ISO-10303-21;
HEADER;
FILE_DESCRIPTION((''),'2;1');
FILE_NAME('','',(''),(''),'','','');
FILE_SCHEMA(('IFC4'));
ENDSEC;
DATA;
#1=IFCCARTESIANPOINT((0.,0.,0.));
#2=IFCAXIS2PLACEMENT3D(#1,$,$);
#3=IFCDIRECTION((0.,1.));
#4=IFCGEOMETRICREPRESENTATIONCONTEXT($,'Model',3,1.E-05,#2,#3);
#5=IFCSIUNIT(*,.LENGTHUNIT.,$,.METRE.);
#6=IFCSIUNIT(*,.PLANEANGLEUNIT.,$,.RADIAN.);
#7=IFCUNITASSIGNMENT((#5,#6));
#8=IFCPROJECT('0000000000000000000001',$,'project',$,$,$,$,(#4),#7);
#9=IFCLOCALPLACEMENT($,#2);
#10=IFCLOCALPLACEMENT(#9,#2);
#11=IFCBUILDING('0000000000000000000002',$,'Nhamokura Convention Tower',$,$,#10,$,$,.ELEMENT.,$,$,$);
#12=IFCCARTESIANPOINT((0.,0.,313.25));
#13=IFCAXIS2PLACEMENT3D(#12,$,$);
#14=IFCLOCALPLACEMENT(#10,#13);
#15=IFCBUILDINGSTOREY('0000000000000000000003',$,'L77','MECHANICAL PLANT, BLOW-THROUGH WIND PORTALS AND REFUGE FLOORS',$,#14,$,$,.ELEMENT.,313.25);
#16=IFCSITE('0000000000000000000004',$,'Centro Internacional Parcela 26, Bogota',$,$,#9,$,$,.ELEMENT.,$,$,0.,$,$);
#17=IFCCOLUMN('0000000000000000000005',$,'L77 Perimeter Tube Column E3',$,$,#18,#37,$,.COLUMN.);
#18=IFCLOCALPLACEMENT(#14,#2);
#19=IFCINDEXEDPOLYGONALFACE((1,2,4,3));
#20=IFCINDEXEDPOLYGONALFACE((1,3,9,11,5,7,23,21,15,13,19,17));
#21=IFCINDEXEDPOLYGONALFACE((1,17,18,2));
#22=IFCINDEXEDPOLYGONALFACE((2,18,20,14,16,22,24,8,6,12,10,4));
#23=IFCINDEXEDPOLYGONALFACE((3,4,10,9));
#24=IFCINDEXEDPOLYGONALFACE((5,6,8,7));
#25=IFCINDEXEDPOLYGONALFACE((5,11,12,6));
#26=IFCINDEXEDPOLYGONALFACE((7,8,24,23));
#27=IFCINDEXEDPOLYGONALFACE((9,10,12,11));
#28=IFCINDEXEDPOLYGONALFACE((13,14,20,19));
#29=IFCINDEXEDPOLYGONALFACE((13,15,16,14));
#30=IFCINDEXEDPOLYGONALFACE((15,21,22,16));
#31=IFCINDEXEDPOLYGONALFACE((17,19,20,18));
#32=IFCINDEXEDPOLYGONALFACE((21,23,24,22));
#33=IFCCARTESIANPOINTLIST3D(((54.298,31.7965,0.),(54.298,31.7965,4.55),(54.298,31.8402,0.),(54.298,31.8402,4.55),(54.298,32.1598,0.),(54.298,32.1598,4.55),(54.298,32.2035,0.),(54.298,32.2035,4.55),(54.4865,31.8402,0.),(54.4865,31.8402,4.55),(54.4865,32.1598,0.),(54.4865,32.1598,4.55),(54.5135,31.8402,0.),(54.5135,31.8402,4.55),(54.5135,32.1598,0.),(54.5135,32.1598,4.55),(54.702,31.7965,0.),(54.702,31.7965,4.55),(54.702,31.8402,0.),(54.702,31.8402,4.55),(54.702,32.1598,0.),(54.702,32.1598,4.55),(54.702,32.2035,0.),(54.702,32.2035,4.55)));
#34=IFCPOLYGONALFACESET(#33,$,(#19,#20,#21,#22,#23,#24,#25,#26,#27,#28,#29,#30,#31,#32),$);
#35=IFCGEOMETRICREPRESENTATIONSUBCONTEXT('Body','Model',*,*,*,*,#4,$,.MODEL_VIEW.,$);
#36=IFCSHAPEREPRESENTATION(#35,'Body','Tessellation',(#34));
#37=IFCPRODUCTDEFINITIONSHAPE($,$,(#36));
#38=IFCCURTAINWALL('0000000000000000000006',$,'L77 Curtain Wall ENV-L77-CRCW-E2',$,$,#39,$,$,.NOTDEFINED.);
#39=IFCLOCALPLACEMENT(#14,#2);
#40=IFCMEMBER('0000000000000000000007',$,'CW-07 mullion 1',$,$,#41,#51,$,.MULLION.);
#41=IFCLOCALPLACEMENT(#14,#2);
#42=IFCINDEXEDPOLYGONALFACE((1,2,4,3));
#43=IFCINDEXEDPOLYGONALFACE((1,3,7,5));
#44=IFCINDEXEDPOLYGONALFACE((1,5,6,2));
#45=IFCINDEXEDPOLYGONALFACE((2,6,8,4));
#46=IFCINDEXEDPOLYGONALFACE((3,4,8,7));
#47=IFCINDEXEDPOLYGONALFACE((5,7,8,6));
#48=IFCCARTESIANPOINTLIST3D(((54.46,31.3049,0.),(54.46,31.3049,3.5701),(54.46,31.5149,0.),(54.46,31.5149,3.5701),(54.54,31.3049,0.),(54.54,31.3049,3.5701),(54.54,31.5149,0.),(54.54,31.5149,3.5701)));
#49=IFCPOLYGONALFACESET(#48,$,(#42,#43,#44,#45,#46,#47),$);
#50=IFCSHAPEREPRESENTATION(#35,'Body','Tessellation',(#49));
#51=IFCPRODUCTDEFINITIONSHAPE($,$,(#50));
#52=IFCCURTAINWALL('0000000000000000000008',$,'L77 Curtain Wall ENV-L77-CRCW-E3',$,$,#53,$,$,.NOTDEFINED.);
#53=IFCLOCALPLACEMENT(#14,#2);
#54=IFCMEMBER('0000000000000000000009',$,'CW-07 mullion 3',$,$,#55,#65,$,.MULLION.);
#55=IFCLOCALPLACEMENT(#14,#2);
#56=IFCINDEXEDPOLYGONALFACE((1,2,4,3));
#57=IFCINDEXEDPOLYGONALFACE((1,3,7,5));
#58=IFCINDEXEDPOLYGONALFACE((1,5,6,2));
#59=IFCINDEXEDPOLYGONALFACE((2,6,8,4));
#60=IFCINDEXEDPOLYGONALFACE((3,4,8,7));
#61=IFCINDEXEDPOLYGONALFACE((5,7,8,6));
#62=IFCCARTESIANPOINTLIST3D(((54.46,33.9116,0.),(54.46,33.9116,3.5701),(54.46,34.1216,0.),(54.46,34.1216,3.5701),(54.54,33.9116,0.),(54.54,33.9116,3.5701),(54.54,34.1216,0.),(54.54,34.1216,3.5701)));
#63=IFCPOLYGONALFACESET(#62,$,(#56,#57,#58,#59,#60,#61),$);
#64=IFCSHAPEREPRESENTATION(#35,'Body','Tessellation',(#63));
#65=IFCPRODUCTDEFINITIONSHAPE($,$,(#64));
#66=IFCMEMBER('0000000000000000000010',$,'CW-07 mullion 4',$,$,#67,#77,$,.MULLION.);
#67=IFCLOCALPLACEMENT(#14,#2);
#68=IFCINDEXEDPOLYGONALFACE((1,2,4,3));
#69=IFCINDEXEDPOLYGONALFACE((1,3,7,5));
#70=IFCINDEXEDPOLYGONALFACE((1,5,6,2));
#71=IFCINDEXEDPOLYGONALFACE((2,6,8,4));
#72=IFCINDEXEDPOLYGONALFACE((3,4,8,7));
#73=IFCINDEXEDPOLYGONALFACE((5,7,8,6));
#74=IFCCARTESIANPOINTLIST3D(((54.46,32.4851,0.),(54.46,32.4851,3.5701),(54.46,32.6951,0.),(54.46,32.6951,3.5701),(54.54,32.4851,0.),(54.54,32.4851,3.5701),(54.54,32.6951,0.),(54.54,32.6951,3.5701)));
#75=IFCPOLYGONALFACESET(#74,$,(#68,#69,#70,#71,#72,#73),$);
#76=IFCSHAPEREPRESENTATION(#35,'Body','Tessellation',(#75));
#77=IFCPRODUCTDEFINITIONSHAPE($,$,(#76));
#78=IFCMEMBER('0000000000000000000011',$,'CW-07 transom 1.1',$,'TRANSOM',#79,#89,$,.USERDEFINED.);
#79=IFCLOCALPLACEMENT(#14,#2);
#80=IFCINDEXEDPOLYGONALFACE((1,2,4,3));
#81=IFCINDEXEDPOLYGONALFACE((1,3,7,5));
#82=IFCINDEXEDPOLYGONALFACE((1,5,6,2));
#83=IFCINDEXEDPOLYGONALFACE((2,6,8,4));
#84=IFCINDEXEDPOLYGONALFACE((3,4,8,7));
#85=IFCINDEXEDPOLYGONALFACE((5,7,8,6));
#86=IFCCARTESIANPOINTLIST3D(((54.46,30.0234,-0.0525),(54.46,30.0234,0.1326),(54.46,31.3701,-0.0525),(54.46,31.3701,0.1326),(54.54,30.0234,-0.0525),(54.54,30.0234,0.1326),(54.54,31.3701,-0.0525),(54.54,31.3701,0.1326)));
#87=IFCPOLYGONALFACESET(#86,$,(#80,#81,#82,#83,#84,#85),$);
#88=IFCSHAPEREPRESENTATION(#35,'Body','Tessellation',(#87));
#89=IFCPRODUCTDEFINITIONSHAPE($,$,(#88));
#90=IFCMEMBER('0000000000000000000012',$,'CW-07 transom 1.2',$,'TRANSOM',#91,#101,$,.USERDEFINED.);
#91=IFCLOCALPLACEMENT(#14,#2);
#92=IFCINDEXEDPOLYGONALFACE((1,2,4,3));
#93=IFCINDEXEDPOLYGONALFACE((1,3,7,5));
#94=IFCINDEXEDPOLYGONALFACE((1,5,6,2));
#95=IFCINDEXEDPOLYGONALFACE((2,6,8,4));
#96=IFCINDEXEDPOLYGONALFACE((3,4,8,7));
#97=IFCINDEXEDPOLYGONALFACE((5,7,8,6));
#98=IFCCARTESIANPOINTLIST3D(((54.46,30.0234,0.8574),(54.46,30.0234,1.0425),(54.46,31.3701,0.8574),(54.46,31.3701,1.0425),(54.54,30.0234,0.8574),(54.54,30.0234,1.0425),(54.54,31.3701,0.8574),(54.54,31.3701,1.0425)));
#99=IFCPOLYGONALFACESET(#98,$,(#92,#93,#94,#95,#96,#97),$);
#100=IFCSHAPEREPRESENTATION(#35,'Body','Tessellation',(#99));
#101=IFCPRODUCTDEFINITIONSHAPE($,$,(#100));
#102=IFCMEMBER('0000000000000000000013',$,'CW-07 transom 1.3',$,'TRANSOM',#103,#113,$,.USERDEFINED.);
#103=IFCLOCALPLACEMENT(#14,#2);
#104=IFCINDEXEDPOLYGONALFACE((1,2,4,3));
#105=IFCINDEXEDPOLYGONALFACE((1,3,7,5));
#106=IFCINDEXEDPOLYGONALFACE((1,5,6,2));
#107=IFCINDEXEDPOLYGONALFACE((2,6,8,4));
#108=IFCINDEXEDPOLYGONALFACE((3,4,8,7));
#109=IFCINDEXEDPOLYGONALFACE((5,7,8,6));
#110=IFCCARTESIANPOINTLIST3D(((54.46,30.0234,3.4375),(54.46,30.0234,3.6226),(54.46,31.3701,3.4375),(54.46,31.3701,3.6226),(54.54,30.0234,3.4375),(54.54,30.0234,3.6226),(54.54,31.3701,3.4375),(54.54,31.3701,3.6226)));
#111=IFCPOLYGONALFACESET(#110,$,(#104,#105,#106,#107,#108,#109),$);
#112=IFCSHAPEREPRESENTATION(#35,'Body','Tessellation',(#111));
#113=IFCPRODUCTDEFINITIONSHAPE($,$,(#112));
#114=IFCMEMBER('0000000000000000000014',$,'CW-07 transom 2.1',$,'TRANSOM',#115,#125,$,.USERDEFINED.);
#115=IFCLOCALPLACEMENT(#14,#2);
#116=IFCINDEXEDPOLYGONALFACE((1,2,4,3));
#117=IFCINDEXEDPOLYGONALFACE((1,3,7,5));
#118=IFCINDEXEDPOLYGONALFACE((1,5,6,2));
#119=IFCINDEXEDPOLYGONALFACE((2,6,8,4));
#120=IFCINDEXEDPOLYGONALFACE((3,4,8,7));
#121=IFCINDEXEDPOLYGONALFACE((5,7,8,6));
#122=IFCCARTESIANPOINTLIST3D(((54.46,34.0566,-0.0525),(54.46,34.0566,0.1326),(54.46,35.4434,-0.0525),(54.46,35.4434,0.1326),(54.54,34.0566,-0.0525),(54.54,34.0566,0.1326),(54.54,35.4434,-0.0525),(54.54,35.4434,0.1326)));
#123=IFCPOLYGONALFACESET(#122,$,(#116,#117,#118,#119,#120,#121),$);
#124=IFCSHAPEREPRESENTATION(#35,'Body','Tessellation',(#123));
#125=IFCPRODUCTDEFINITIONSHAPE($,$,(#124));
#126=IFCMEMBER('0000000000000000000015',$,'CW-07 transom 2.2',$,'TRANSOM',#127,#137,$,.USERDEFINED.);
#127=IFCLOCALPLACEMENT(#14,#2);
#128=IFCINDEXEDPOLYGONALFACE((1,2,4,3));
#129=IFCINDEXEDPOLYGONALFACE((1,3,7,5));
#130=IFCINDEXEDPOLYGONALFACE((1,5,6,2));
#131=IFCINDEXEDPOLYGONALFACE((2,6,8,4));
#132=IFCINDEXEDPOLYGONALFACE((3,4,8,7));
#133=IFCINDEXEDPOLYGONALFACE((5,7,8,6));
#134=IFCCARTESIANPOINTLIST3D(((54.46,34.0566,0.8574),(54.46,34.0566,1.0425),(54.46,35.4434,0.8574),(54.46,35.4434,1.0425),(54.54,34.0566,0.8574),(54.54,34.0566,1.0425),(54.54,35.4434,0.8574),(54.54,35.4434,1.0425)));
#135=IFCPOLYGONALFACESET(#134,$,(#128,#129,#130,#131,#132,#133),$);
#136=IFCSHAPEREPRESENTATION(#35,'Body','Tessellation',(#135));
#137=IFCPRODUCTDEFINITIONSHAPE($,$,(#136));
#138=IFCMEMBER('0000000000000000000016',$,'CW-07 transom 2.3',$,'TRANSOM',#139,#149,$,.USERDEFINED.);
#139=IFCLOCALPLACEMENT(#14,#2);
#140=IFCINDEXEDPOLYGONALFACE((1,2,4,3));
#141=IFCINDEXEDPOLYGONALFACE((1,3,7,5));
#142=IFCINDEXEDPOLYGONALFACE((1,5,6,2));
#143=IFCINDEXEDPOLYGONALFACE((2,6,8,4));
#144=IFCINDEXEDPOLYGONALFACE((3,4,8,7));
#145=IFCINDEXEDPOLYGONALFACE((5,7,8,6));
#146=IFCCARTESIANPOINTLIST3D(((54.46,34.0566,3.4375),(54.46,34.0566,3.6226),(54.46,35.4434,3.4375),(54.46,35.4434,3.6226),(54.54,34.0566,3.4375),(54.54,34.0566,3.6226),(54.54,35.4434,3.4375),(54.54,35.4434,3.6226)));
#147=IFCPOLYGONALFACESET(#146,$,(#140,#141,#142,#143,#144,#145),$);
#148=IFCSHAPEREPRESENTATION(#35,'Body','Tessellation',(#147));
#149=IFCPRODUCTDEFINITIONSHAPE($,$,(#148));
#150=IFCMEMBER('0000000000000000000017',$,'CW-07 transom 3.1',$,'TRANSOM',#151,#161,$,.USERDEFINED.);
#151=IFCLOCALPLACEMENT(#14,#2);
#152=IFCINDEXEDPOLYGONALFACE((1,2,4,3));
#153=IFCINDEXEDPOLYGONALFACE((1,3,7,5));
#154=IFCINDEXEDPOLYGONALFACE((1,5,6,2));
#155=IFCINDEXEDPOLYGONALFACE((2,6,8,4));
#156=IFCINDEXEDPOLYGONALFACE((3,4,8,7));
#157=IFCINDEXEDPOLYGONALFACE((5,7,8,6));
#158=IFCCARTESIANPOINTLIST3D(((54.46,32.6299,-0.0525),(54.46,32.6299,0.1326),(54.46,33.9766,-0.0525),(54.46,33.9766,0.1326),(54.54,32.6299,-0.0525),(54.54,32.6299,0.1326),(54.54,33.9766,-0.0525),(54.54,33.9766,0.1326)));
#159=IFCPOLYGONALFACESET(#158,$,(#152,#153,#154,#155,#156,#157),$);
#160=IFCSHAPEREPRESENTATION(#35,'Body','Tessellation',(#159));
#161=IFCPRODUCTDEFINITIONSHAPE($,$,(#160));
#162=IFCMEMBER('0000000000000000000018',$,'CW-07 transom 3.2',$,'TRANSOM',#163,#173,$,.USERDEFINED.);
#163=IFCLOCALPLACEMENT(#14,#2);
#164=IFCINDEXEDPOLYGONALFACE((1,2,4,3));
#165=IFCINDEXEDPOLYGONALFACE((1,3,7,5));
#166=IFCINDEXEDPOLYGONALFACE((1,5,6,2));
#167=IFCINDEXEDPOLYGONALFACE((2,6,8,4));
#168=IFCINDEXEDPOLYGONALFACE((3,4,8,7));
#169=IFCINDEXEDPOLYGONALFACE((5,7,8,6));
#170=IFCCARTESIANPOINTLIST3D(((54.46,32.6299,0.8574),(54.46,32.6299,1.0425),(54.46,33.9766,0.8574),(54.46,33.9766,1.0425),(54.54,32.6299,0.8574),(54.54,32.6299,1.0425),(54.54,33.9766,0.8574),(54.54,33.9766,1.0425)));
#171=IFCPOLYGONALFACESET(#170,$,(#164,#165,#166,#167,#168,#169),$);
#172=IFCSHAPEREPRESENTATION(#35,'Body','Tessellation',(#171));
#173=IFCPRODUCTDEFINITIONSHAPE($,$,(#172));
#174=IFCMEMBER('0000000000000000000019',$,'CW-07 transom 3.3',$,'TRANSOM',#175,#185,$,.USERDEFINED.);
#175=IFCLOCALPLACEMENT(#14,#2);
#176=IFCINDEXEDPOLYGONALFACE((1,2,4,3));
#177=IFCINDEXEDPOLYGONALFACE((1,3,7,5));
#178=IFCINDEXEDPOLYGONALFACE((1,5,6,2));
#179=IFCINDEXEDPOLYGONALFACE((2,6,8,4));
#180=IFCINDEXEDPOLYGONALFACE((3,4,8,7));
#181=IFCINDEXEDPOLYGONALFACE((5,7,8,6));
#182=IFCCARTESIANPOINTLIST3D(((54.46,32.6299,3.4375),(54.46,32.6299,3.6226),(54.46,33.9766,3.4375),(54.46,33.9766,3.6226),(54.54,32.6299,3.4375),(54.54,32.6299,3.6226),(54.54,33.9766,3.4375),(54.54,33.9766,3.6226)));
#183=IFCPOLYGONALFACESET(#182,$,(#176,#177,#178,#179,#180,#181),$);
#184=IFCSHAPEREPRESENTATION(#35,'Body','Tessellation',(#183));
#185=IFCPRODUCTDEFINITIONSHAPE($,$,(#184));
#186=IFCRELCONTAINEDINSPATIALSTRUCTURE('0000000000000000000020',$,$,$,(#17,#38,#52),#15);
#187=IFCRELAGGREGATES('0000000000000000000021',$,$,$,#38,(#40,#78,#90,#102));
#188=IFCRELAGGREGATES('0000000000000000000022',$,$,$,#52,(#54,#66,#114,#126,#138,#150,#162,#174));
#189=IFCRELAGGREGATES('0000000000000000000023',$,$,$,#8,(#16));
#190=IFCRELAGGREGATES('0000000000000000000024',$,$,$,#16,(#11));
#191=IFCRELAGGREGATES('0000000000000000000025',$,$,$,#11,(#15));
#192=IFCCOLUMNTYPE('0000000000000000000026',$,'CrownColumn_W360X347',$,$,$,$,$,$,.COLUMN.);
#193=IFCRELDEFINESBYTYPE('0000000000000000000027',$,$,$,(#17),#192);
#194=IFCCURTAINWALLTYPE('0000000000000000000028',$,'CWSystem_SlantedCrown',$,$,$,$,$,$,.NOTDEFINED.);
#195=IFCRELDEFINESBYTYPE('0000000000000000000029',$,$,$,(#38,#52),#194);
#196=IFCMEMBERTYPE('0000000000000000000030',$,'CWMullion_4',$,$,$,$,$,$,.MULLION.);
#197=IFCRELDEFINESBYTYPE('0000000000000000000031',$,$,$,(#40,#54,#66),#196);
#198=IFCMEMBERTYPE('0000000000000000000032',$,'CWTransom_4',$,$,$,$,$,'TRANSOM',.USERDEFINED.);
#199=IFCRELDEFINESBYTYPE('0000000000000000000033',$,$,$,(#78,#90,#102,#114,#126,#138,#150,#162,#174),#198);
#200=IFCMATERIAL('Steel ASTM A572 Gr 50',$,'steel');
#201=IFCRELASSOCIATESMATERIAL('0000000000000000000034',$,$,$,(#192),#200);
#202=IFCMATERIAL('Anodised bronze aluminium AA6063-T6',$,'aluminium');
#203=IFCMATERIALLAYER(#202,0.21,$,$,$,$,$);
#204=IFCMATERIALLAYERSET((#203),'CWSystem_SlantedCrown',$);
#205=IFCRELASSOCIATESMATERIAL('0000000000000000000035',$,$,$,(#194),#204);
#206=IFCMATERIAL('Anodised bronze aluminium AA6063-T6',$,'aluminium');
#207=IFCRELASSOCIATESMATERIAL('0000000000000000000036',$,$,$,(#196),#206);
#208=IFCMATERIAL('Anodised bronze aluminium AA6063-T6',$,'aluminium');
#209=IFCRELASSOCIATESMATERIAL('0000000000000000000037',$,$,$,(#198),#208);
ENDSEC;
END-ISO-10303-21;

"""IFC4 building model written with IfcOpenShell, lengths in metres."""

from ifc_helpers import new_model, si_unit, direction, frame, origin, origin_2d, place, context, subcontext, project, spatial, rectangle, i_section, extrude, material, layer, layer_set, material_profile, profile_set, type_object, element, aggregate, save


model = new_model("IFC4")

# Units and contexts
model_context = context("Model", 3, precision=1e-05, world=origin(), true_north=direction((0.0, 1.0)))
body_context = subcontext(model_context, "Body", "Model", "MODEL_VIEW")
ifc_project = project(units=[si_unit("LENGTHUNIT", "METRE"), si_unit("PLANEANGLEUNIT", "RADIAN")], contexts=[model_context])

# Site, building, storey
site_placement = place(None, origin())
site = spatial("IfcSite", under=ifc_project, at=site_placement, Name="Centro Internacional Parcela 26, Bogota", CompositionType="ELEMENT", RefElevation=0.0)
building_placement = place(site_placement, origin())
building = spatial("IfcBuilding", under=site, at=building_placement, Name="Nhamokura Convention Tower", CompositionType="ELEMENT")
storey_placement = place(building_placement, frame((0.0, 0.0, 313.25)))
storey = spatial("IfcBuildingStorey", under=building, at=storey_placement, Name="L77", Description="MECHANICAL PLANT, BLOW-THROUGH WIND PORTALS AND REFUGE FLOORS", CompositionType="ELEMENT", Elevation=313.25)

# Column
ifc_material_1 = material(Name="Steel ASTM A572 Gr 50", Category="steel")
ifc_material_profile_1 = material_profile(ifc_material_1, i_section(OverallWidth=0.4041, OverallDepth=0.407, WebThickness=0.0271, FlangeThickness=0.0437, at=origin_2d()))
ifc_profile_set_1 = profile_set([ifc_material_profile_1], Name="Steel ASTM A572 Gr 50")
column_type = type_object("IfcColumnType", Name="CrownColumn_W360X347", PredefinedType="COLUMN", material=ifc_profile_set_1)
column_placement = place(storey_placement, frame((54.5, 32.0, 0.0), z_axis=(0.0, 0.0, 1.0), x_axis=(1.0, 0.0, 0.0)))
element("IfcColumn", 1, at=column_placement, inside=storey, type_object=column_type, Name="L77 Perimeter Tube Column E3", PredefinedType="COLUMN", context=body_context, shape_type="SweptSolid", body=[
    extrude(i_section(OverallWidth=0.4041, OverallDepth=0.407, WebThickness=0.0271, FlangeThickness=0.0437, at=origin_2d()), origin(), (0.0, 0.0, 1.0), 4.55),
])

# Curtain wall, member
ifc_material_2 = material(Name="Anodised bronze aluminium AA6063-T6", Category="aluminium")
ifc_layer_1 = layer(ifc_material_2, 0.21)
ifc_layer_set_1 = layer_set([ifc_layer_1], Name="CWSystem_SlantedCrown")
curtain_wall_type = type_object("IfcCurtainWallType", Name="CWSystem_SlantedCrown", PredefinedType="NOTDEFINED", material=ifc_layer_set_1)
curtain_wall_1_placement = place(storey_placement, origin())
curtain_wall_1 = element("IfcCurtainWall", 2, at=curtain_wall_1_placement, inside=storey, type_object=curtain_wall_type, Name="L77 Curtain Wall ENV-L77-CRCW-E2", PredefinedType="NOTDEFINED")
ifc_material_3 = material(Name="Anodised bronze aluminium AA6063-T6", Category="aluminium")
ifc_material_profile_2 = material_profile(ifc_material_3, rectangle(XDim=0.0801, YDim=0.21, at=origin_2d()))
ifc_profile_set_2 = profile_set([ifc_material_profile_2], Name="Anodised bronze aluminium AA6063-T6")
member_type_1 = type_object("IfcMemberType", Name="CWMullion_4", PredefinedType="MULLION", material=ifc_profile_set_2)
member_1_placement = place(storey_placement, frame((54.5, 31.4099, 0.0), z_axis=(0.0, 0.0, 1.0), x_axis=(1.0, 0.0, 0.0)))
member_1 = element("IfcMember", 3, at=member_1_placement, type_object=member_type_1, Name="CW-07 mullion 1", PredefinedType="MULLION", context=body_context, shape_type="SweptSolid", body=[
    extrude(rectangle(XDim=0.0801, YDim=0.21, at=origin_2d()), origin(), (0.0, 0.0, 1.0), 3.5701),
])

# Curtain wall, members
curtain_wall_2_placement = place(storey_placement, origin())
curtain_wall_2 = element("IfcCurtainWall", 4, at=curtain_wall_2_placement, inside=storey, type_object=curtain_wall_type, Name="L77 Curtain Wall ENV-L77-CRCW-E3", PredefinedType="NOTDEFINED")
member_2_placement = place(storey_placement, frame((54.5, 34.0166, 0.0), z_axis=(0.0, 0.0, 1.0), x_axis=(1.0, 0.0, 0.0)))
member_2 = element("IfcMember", 5, at=member_2_placement, type_object=member_type_1, Name="CW-07 mullion 3", PredefinedType="MULLION", context=body_context, shape_type="SweptSolid", body=[
    extrude(rectangle(XDim=0.0801, YDim=0.21, at=origin_2d()), origin(), (0.0, 0.0, 1.0), 3.5701),
])
member_3_placement = place(storey_placement, frame((54.5, 32.5901, 0.0), z_axis=(0.0, 0.0, 1.0), x_axis=(1.0, 0.0, 0.0)))
member_3 = element("IfcMember", 6, at=member_3_placement, type_object=member_type_1, Name="CW-07 mullion 4", PredefinedType="MULLION", context=body_context, shape_type="SweptSolid", body=[
    extrude(rectangle(XDim=0.0801, YDim=0.21, at=origin_2d()), origin(), (0.0, 0.0, 1.0), 3.5701),
])

# Members
ifc_material_4 = material(Name="Anodised bronze aluminium AA6063-T6", Category="aluminium")
ifc_material_profile_3 = material_profile(ifc_material_4, rectangle(XDim=0.0801, YDim=0.1851, at=origin_2d()))
ifc_profile_set_3 = profile_set([ifc_material_profile_3], Name="Anodised bronze aluminium AA6063-T6")
member_type_2 = type_object("IfcMemberType", Name="CWTransom_4", ElementType="TRANSOM", PredefinedType="USERDEFINED", material=ifc_profile_set_3)
member_4_placement = place(storey_placement, frame((54.5, 31.3701, 0.04), z_axis=(0.0, -1.0, 0.0), x_axis=(1.0, 0.0, 0.0)))
member_4 = element("IfcMember", 7, at=member_4_placement, type_object=member_type_2, Name="CW-07 transom 1.1", ObjectType="TRANSOM", PredefinedType="USERDEFINED", context=body_context, shape_type="SweptSolid", body=[
    extrude(rectangle(XDim=0.0801, YDim=0.1851, at=origin_2d()), origin(), (0.0, 0.0, 1.0), 1.3467),
])
member_5_placement = place(storey_placement, frame((54.5, 31.3701, 0.95), z_axis=(0.0, -1.0, 0.0), x_axis=(1.0, 0.0, 0.0)))
member_5 = element("IfcMember", 8, at=member_5_placement, type_object=member_type_2, Name="CW-07 transom 1.2", ObjectType="TRANSOM", PredefinedType="USERDEFINED", context=body_context, shape_type="SweptSolid", body=[
    extrude(rectangle(XDim=0.0801, YDim=0.1851, at=origin_2d()), origin(), (0.0, 0.0, 1.0), 1.3467),
])
member_6_placement = place(storey_placement, frame((54.5, 31.3701, 3.53), z_axis=(0.0, -1.0, 0.0), x_axis=(1.0, 0.0, 0.0)))
member_6 = element("IfcMember", 9, at=member_6_placement, type_object=member_type_2, Name="CW-07 transom 1.3", ObjectType="TRANSOM", PredefinedType="USERDEFINED", context=body_context, shape_type="SweptSolid", body=[
    extrude(rectangle(XDim=0.0801, YDim=0.1851, at=origin_2d()), origin(), (0.0, 0.0, 1.0), 1.3467),
])
member_7_placement = place(storey_placement, frame((54.5, 35.4434, 0.04), z_axis=(0.0, -1.0, 0.0), x_axis=(1.0, 0.0, 0.0)))
member_7 = element("IfcMember", 10, at=member_7_placement, type_object=member_type_2, Name="CW-07 transom 2.1", ObjectType="TRANSOM", PredefinedType="USERDEFINED", context=body_context, shape_type="SweptSolid", body=[
    extrude(rectangle(XDim=0.0801, YDim=0.1851, at=origin_2d()), origin(), (0.0, 0.0, 1.0), 1.3867),
])
member_8_placement = place(storey_placement, frame((54.5, 35.4434, 0.95), z_axis=(0.0, -1.0, 0.0), x_axis=(1.0, 0.0, 0.0)))
member_8 = element("IfcMember", 11, at=member_8_placement, type_object=member_type_2, Name="CW-07 transom 2.2", ObjectType="TRANSOM", PredefinedType="USERDEFINED", context=body_context, shape_type="SweptSolid", body=[
    extrude(rectangle(XDim=0.0801, YDim=0.1851, at=origin_2d()), origin(), (0.0, 0.0, 1.0), 1.3867),
])
member_9_placement = place(storey_placement, frame((54.5, 35.4434, 3.53), z_axis=(0.0, -1.0, 0.0), x_axis=(1.0, 0.0, 0.0)))
member_9 = element("IfcMember", 12, at=member_9_placement, type_object=member_type_2, Name="CW-07 transom 2.3", ObjectType="TRANSOM", PredefinedType="USERDEFINED", context=body_context, shape_type="SweptSolid", body=[
    extrude(rectangle(XDim=0.0801, YDim=0.1851, at=origin_2d()), origin(), (0.0, 0.0, 1.0), 1.3867),
])
member_10_placement = place(storey_placement, frame((54.5, 33.9766, 0.04), z_axis=(0.0, -1.0, 0.0), x_axis=(1.0, 0.0, 0.0)))
member_10 = element("IfcMember", 13, at=member_10_placement, type_object=member_type_2, Name="CW-07 transom 3.1", ObjectType="TRANSOM", PredefinedType="USERDEFINED", context=body_context, shape_type="SweptSolid", body=[
    extrude(rectangle(XDim=0.0801, YDim=0.1851, at=origin_2d()), origin(), (0.0, 0.0, 1.0), 1.3467),
])
member_11_placement = place(storey_placement, frame((54.5, 33.9766, 0.95), z_axis=(0.0, -1.0, 0.0), x_axis=(1.0, 0.0, 0.0)))
member_11 = element("IfcMember", 14, at=member_11_placement, type_object=member_type_2, Name="CW-07 transom 3.2", ObjectType="TRANSOM", PredefinedType="USERDEFINED", context=body_context, shape_type="SweptSolid", body=[
    extrude(rectangle(XDim=0.0801, YDim=0.1851, at=origin_2d()), origin(), (0.0, 0.0, 1.0), 1.3467),
])
member_12_placement = place(storey_placement, frame((54.5, 33.9766, 3.53), z_axis=(0.0, -1.0, 0.0), x_axis=(1.0, 0.0, 0.0)))
member_12 = element("IfcMember", 15, at=member_12_placement, type_object=member_type_2, Name="CW-07 transom 3.3", ObjectType="TRANSOM", PredefinedType="USERDEFINED", context=body_context, shape_type="SweptSolid", body=[
    extrude(rectangle(XDim=0.0801, YDim=0.1851, at=origin_2d()), origin(), (0.0, 0.0, 1.0), 1.3467),
])

aggregate(curtain_wall_1, [member_1, member_4, member_5, member_6])
aggregate(curtain_wall_2, [member_2, member_3, member_7, member_8, member_9, member_10, member_11, member_12])

save(model, "model.ifc")
